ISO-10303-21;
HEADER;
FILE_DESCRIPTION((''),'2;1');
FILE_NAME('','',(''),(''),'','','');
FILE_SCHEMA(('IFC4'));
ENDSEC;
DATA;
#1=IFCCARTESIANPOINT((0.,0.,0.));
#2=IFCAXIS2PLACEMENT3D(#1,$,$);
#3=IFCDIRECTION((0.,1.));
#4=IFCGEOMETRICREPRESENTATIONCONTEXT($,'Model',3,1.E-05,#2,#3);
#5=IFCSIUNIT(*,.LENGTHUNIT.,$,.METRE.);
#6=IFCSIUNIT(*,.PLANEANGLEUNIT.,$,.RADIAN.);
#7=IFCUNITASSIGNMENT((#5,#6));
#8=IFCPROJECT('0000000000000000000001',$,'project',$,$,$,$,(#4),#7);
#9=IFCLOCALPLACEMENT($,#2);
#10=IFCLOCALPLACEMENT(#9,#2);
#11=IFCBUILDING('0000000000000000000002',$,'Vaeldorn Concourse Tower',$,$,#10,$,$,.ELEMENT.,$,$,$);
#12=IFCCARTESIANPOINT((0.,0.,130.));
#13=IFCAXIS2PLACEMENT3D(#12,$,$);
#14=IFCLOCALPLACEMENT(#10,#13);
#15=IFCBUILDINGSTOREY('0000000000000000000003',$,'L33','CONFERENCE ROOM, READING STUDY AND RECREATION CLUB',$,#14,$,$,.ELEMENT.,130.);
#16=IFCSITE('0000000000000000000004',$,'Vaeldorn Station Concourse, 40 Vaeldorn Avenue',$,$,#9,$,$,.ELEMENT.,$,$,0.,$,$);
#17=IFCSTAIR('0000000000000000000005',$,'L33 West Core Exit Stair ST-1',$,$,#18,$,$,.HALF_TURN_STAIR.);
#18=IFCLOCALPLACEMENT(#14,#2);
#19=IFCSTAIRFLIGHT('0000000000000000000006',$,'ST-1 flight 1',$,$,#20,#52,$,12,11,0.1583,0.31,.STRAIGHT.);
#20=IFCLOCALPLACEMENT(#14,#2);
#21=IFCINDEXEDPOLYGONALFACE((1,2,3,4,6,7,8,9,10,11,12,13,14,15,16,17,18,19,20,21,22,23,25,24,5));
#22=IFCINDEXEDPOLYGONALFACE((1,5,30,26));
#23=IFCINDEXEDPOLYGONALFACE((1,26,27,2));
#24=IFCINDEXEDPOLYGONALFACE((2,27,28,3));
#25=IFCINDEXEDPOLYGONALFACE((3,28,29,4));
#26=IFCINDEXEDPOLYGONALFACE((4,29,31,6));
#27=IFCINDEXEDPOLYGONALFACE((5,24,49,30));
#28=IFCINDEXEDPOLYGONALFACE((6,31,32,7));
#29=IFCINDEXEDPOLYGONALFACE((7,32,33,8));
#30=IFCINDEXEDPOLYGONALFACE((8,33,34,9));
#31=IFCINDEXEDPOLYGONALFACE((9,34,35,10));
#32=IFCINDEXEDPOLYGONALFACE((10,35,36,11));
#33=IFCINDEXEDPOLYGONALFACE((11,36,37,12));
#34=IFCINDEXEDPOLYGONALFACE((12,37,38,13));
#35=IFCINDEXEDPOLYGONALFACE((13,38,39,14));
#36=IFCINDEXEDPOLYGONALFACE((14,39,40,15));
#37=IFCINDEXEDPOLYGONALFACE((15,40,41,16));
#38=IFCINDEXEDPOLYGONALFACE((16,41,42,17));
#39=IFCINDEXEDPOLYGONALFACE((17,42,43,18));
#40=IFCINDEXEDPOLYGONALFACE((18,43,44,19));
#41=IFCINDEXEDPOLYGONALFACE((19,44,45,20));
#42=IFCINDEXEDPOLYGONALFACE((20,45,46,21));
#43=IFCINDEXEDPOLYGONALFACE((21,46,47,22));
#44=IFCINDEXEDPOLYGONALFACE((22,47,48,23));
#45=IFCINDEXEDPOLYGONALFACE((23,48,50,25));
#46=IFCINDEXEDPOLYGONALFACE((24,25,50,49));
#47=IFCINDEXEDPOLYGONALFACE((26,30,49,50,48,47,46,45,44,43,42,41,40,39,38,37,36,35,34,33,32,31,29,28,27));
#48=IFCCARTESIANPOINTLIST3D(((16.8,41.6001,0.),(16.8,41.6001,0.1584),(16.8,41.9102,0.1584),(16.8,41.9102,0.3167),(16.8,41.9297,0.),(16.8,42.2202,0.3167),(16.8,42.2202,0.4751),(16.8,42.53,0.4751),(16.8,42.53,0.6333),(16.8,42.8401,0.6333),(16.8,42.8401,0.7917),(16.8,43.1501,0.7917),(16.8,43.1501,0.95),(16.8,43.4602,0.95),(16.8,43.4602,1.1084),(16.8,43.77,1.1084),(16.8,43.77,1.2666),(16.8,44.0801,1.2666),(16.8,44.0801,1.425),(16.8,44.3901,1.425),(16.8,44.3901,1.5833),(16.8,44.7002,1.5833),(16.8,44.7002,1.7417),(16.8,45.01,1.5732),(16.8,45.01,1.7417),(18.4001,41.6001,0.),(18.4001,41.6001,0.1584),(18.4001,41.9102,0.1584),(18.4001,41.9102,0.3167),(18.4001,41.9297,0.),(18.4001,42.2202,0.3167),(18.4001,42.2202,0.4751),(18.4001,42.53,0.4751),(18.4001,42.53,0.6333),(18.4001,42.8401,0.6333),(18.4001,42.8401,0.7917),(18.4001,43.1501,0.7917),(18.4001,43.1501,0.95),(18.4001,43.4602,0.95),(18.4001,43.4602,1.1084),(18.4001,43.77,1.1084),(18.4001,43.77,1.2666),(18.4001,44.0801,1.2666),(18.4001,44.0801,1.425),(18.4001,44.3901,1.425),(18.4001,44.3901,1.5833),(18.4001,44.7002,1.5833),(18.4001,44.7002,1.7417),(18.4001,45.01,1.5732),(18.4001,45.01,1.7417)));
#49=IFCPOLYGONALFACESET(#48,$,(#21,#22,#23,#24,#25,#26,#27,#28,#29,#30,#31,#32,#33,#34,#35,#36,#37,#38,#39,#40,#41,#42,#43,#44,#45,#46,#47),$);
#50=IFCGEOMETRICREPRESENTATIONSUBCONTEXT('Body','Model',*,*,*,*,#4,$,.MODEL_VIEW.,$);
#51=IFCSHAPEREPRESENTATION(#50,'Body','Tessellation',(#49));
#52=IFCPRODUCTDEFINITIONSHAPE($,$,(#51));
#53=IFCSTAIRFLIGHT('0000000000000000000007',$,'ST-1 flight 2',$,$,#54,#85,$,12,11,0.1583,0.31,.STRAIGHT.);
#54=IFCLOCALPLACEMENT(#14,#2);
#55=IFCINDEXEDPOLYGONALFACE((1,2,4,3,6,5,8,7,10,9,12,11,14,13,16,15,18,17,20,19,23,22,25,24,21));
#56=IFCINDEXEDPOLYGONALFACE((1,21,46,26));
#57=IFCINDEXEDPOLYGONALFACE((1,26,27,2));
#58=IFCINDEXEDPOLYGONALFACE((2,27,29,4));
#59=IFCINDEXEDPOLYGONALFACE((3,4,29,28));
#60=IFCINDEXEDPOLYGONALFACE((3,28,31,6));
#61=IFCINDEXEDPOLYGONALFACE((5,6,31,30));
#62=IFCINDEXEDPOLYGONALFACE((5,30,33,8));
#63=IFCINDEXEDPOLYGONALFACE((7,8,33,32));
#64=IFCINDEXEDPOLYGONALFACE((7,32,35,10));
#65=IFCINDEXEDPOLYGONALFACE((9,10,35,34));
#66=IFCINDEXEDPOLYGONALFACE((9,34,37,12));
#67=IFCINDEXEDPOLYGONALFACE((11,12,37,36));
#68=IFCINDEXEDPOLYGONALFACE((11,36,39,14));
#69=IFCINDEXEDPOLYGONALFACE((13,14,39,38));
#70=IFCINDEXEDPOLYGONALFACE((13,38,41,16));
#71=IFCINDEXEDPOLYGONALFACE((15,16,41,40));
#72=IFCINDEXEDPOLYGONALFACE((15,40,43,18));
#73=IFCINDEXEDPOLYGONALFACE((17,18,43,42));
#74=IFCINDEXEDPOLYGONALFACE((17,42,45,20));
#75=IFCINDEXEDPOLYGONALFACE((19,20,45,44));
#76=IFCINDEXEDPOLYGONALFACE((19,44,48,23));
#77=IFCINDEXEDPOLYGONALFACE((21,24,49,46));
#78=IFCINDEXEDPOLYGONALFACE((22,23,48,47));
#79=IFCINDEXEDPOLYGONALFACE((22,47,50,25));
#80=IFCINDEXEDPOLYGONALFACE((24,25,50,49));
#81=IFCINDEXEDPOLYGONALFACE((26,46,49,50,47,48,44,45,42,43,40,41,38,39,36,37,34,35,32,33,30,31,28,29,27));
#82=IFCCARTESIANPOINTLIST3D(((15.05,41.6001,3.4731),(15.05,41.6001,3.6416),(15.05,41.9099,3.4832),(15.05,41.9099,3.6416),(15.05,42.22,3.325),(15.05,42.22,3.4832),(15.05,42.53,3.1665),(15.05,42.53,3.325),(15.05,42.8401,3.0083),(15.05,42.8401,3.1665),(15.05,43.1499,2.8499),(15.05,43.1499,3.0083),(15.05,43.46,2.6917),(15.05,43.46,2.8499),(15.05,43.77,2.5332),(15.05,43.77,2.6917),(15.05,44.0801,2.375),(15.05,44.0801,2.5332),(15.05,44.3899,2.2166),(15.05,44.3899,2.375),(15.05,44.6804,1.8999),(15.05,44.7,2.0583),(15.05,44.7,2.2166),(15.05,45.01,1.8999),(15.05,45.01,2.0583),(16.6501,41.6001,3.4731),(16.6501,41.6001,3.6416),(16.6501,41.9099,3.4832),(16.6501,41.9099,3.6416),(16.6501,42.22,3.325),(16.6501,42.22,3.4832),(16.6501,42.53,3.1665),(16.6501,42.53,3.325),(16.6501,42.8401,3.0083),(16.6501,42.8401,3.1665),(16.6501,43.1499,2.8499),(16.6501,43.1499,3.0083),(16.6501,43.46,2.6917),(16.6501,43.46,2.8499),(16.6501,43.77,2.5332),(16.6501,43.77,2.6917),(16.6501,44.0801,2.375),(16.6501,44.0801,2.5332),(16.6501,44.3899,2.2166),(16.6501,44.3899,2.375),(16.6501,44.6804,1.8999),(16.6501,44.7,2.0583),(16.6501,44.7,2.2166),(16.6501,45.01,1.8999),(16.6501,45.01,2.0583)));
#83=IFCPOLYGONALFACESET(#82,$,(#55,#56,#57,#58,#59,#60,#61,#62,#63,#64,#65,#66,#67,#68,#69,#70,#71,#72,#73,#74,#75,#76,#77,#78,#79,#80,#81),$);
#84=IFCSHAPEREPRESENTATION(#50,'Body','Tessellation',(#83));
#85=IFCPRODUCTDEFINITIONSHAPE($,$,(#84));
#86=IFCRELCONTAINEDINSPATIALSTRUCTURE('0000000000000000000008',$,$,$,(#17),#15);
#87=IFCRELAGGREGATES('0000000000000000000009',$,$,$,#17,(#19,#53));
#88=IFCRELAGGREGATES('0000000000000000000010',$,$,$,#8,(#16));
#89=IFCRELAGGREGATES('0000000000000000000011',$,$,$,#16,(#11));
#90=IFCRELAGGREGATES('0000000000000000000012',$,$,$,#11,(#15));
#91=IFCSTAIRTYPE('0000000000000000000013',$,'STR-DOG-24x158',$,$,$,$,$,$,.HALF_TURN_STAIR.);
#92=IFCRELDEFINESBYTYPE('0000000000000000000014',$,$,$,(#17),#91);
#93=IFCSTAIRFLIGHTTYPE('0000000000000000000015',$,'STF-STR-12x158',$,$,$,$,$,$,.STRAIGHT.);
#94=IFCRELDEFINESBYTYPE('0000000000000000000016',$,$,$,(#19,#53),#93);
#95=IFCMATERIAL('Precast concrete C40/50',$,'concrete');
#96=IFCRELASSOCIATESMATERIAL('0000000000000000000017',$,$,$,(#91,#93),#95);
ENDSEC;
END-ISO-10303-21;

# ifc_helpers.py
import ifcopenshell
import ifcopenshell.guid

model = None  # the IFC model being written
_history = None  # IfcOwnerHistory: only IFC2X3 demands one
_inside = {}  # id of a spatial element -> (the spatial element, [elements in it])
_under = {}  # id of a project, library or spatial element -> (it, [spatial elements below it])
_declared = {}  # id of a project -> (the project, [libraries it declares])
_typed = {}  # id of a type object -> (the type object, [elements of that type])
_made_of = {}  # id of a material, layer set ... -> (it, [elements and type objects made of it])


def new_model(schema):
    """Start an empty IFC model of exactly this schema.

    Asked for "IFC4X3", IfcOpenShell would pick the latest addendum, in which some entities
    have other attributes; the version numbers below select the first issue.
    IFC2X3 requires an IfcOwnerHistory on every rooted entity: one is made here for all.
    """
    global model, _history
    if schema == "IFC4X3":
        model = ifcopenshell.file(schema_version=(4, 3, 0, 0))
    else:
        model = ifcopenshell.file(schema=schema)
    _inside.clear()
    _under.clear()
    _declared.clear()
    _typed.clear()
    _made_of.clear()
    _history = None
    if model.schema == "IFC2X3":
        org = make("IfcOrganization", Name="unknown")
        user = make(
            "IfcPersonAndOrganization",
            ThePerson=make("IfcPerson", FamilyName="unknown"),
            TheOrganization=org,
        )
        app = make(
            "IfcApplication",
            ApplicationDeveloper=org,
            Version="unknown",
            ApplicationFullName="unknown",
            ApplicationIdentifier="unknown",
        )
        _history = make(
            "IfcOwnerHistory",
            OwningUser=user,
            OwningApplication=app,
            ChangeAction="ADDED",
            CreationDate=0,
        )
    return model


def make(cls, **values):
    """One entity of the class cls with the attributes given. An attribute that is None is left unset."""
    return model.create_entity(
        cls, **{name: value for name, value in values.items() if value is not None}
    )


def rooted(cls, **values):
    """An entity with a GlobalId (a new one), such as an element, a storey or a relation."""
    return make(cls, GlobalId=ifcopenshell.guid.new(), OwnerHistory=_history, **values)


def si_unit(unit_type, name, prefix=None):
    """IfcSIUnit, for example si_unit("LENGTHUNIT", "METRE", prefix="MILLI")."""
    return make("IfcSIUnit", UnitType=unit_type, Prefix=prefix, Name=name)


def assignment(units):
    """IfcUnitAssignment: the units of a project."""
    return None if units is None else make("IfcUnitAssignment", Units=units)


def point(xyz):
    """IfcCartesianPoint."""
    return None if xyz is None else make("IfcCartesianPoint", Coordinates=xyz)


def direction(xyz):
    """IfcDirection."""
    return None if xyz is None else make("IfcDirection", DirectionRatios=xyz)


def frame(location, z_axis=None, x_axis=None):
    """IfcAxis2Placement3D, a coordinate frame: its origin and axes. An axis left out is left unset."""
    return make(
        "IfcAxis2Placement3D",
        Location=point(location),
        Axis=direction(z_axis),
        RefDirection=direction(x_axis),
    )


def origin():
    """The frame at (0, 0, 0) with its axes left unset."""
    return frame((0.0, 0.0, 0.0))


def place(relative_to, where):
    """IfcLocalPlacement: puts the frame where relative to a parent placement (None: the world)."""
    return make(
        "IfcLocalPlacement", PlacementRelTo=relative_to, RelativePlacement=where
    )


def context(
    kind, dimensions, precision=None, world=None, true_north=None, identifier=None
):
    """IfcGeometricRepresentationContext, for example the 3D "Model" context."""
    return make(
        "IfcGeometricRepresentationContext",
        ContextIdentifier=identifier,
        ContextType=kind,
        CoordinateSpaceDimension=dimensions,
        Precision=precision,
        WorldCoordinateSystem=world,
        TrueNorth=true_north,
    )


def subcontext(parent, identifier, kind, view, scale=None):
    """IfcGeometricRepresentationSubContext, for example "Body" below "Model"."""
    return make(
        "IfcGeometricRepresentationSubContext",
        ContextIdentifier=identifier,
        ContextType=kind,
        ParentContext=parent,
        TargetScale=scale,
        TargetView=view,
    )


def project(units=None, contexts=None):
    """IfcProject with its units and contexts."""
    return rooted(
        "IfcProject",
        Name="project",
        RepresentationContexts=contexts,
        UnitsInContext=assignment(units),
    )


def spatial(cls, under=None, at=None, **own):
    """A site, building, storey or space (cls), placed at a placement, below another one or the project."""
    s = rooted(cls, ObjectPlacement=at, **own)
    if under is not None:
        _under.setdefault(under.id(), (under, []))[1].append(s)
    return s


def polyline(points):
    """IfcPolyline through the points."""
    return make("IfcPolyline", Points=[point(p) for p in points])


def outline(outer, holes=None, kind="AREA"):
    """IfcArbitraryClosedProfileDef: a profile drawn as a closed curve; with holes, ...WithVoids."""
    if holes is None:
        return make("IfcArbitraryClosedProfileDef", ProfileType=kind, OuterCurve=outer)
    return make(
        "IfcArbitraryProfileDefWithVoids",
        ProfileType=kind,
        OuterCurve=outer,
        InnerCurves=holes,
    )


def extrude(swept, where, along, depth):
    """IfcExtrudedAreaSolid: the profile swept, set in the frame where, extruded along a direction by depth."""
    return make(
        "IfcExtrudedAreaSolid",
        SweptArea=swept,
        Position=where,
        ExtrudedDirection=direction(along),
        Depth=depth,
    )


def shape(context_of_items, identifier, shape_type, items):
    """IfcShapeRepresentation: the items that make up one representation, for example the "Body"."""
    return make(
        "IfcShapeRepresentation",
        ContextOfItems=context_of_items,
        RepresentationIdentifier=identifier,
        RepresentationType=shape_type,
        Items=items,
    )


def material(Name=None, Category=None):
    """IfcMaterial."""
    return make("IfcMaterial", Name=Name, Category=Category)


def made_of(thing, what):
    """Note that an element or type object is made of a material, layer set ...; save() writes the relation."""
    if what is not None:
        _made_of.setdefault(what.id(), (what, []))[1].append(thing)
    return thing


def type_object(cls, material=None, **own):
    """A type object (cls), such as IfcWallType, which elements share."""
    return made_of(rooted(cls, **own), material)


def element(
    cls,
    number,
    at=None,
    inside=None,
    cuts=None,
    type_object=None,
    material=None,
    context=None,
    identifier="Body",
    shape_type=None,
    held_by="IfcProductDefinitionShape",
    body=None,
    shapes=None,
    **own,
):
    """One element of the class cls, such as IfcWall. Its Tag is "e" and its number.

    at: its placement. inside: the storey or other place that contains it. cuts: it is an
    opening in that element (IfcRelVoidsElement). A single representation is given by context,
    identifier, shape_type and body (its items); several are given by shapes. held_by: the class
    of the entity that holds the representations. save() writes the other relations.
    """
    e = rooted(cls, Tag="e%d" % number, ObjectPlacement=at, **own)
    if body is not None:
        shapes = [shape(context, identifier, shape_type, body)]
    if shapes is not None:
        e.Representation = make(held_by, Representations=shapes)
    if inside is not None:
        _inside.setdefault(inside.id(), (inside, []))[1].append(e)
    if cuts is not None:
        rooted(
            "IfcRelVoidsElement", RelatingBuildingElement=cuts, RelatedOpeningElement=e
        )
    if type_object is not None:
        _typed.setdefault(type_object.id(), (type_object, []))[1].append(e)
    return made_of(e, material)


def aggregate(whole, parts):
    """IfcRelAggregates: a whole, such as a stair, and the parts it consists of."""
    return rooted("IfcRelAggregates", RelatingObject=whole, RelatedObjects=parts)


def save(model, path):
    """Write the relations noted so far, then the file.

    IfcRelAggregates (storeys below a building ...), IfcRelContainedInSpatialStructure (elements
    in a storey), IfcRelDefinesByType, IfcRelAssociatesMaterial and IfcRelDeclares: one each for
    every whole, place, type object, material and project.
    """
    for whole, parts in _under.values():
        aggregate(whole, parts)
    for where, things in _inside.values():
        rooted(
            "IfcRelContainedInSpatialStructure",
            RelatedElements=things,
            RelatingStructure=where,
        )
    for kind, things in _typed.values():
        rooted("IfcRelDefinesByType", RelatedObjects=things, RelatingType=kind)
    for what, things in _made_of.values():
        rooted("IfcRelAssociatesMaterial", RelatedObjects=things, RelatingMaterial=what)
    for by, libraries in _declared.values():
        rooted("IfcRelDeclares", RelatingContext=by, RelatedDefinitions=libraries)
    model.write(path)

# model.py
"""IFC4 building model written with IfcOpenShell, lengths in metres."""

from ifc_helpers import new_model, si_unit, direction, frame, origin, place, context, subcontext, project, spatial, polyline, outline, extrude, material, type_object, element, aggregate, save


model = new_model("IFC4")

# Units and contexts
model_context = context("Model", 3, precision=1e-05, world=origin(), true_north=direction((0.0, 1.0)))
body_context = subcontext(model_context, "Body", "Model", "MODEL_VIEW")
ifc_project = project(units=[si_unit("LENGTHUNIT", "METRE"), si_unit("PLANEANGLEUNIT", "RADIAN")], contexts=[model_context])

# Site, building, storey
site_placement = place(None, origin())
site = spatial("IfcSite", under=ifc_project, at=site_placement, Name="Vaeldorn Station Concourse, 40 Vaeldorn Avenue", CompositionType="ELEMENT", RefElevation=0.0)
building_placement = place(site_placement, origin())
building = spatial("IfcBuilding", under=site, at=building_placement, Name="Vaeldorn Concourse Tower", CompositionType="ELEMENT")
storey_placement = place(building_placement, frame((0.0, 0.0, 130.0)))
storey = spatial("IfcBuildingStorey", under=building, at=storey_placement, Name="L33", Description="CONFERENCE ROOM, READING STUDY AND RECREATION CLUB", CompositionType="ELEMENT", Elevation=130.0)

# Stair, stair flights
ifc_material_1 = material(Name="Precast concrete C40/50", Category="concrete")
stair_type = type_object("IfcStairType", Name="STR-DOG-24x158", PredefinedType="HALF_TURN_STAIR", material=ifc_material_1)
stair_placement = place(storey_placement, origin())
stair = element("IfcStair", 1, at=stair_placement, inside=storey, type_object=stair_type, Name="L33 West Core Exit Stair ST-1", PredefinedType="HALF_TURN_STAIR")
stair_flight_type = type_object("IfcStairFlightType", Name="STF-STR-12x158", PredefinedType="STRAIGHT", material=ifc_material_1)
stair_flight_1_placement = place(storey_placement, frame((17.6001, 41.6001, 0.0), z_axis=(0.0, 0.0, 1.0), x_axis=(0.0, 1.0, 0.0)))
stair_flight_1 = element("IfcStairFlight", 2, at=stair_flight_1_placement, type_object=stair_flight_type, Name="ST-1 flight 1", NumberOfRisers=12, NumberOfTreads=11, PredefinedType="STRAIGHT", RiserHeight=0.1583, TreadLength=0.31, context=body_context, shape_type="SweptSolid", body=[
    extrude(outline(polyline([(0.0, 0.0), (0.0, 0.1584), (0.3101, 0.1584), (0.3101, 0.3167), (0.6201, 0.3167), (0.6201, 0.4751), (0.9299, 0.4751), (0.9299, 0.6333), (1.24, 0.6333), (1.24, 0.7917), (1.55, 0.7917), (1.55, 0.95), (1.8601, 0.95), (1.8601, 1.1084), (2.1699, 1.1084), (2.1699, 1.2666), (2.48, 1.2666), (2.48, 1.425), (2.79, 1.425), (2.79, 1.5833), (3.1001, 1.5833), (3.1001, 1.7417), (3.4099, 1.7417), (3.4099, 1.8999), (3.4099, 1.5732), (0.3296, 0.0), (0.0, 0.0)])), frame((0.0, 0.8, 0.0), z_axis=(0.0, -1.0, 0.0), x_axis=(1.0, 0.0, 0.0)), (0.0, 0.0, 1.0), 1.6001),
])
stair_flight_2_placement = place(storey_placement, frame((15.8501, 45.01, 1.8999), z_axis=(0.0, 0.0, 1.0), x_axis=(0.0, -1.0, 0.0)))
stair_flight_2 = element("IfcStairFlight", 3, at=stair_flight_2_placement, type_object=stair_flight_type, Name="ST-1 flight 2", NumberOfRisers=12, NumberOfTreads=11, PredefinedType="STRAIGHT", RiserHeight=0.1583, TreadLength=0.31, context=body_context, shape_type="SweptSolid", body=[
    extrude(outline(polyline([(0.0, 0.0), (0.0, 0.1584), (0.3101, 0.1584), (0.3101, 0.3167), (0.6201, 0.3167), (0.6201, 0.4751), (0.9299, 0.4751), (0.9299, 0.6333), (1.24, 0.6333), (1.24, 0.7917), (1.55, 0.7917), (1.55, 0.95), (1.8601, 0.95), (1.8601, 1.1084), (2.1699, 1.1084), (2.1699, 1.2666), (2.48, 1.2666), (2.48, 1.425), (2.79, 1.425), (2.79, 1.5833), (3.1001, 1.5833), (3.1001, 1.7417), (3.4099, 1.7417), (3.4099, 1.8999), (3.4099, 1.5732), (0.3296, 0.0), (0.0, 0.0)])), frame((0.0, 0.8, 0.0), z_axis=(0.0, -1.0, 0.0), x_axis=(1.0, 0.0, 0.0)), (0.0, 0.0, 1.0), 1.6001),
])
aggregate(stair, [stair_flight_1, stair_flight_2])

save(model, "model.ifc")
